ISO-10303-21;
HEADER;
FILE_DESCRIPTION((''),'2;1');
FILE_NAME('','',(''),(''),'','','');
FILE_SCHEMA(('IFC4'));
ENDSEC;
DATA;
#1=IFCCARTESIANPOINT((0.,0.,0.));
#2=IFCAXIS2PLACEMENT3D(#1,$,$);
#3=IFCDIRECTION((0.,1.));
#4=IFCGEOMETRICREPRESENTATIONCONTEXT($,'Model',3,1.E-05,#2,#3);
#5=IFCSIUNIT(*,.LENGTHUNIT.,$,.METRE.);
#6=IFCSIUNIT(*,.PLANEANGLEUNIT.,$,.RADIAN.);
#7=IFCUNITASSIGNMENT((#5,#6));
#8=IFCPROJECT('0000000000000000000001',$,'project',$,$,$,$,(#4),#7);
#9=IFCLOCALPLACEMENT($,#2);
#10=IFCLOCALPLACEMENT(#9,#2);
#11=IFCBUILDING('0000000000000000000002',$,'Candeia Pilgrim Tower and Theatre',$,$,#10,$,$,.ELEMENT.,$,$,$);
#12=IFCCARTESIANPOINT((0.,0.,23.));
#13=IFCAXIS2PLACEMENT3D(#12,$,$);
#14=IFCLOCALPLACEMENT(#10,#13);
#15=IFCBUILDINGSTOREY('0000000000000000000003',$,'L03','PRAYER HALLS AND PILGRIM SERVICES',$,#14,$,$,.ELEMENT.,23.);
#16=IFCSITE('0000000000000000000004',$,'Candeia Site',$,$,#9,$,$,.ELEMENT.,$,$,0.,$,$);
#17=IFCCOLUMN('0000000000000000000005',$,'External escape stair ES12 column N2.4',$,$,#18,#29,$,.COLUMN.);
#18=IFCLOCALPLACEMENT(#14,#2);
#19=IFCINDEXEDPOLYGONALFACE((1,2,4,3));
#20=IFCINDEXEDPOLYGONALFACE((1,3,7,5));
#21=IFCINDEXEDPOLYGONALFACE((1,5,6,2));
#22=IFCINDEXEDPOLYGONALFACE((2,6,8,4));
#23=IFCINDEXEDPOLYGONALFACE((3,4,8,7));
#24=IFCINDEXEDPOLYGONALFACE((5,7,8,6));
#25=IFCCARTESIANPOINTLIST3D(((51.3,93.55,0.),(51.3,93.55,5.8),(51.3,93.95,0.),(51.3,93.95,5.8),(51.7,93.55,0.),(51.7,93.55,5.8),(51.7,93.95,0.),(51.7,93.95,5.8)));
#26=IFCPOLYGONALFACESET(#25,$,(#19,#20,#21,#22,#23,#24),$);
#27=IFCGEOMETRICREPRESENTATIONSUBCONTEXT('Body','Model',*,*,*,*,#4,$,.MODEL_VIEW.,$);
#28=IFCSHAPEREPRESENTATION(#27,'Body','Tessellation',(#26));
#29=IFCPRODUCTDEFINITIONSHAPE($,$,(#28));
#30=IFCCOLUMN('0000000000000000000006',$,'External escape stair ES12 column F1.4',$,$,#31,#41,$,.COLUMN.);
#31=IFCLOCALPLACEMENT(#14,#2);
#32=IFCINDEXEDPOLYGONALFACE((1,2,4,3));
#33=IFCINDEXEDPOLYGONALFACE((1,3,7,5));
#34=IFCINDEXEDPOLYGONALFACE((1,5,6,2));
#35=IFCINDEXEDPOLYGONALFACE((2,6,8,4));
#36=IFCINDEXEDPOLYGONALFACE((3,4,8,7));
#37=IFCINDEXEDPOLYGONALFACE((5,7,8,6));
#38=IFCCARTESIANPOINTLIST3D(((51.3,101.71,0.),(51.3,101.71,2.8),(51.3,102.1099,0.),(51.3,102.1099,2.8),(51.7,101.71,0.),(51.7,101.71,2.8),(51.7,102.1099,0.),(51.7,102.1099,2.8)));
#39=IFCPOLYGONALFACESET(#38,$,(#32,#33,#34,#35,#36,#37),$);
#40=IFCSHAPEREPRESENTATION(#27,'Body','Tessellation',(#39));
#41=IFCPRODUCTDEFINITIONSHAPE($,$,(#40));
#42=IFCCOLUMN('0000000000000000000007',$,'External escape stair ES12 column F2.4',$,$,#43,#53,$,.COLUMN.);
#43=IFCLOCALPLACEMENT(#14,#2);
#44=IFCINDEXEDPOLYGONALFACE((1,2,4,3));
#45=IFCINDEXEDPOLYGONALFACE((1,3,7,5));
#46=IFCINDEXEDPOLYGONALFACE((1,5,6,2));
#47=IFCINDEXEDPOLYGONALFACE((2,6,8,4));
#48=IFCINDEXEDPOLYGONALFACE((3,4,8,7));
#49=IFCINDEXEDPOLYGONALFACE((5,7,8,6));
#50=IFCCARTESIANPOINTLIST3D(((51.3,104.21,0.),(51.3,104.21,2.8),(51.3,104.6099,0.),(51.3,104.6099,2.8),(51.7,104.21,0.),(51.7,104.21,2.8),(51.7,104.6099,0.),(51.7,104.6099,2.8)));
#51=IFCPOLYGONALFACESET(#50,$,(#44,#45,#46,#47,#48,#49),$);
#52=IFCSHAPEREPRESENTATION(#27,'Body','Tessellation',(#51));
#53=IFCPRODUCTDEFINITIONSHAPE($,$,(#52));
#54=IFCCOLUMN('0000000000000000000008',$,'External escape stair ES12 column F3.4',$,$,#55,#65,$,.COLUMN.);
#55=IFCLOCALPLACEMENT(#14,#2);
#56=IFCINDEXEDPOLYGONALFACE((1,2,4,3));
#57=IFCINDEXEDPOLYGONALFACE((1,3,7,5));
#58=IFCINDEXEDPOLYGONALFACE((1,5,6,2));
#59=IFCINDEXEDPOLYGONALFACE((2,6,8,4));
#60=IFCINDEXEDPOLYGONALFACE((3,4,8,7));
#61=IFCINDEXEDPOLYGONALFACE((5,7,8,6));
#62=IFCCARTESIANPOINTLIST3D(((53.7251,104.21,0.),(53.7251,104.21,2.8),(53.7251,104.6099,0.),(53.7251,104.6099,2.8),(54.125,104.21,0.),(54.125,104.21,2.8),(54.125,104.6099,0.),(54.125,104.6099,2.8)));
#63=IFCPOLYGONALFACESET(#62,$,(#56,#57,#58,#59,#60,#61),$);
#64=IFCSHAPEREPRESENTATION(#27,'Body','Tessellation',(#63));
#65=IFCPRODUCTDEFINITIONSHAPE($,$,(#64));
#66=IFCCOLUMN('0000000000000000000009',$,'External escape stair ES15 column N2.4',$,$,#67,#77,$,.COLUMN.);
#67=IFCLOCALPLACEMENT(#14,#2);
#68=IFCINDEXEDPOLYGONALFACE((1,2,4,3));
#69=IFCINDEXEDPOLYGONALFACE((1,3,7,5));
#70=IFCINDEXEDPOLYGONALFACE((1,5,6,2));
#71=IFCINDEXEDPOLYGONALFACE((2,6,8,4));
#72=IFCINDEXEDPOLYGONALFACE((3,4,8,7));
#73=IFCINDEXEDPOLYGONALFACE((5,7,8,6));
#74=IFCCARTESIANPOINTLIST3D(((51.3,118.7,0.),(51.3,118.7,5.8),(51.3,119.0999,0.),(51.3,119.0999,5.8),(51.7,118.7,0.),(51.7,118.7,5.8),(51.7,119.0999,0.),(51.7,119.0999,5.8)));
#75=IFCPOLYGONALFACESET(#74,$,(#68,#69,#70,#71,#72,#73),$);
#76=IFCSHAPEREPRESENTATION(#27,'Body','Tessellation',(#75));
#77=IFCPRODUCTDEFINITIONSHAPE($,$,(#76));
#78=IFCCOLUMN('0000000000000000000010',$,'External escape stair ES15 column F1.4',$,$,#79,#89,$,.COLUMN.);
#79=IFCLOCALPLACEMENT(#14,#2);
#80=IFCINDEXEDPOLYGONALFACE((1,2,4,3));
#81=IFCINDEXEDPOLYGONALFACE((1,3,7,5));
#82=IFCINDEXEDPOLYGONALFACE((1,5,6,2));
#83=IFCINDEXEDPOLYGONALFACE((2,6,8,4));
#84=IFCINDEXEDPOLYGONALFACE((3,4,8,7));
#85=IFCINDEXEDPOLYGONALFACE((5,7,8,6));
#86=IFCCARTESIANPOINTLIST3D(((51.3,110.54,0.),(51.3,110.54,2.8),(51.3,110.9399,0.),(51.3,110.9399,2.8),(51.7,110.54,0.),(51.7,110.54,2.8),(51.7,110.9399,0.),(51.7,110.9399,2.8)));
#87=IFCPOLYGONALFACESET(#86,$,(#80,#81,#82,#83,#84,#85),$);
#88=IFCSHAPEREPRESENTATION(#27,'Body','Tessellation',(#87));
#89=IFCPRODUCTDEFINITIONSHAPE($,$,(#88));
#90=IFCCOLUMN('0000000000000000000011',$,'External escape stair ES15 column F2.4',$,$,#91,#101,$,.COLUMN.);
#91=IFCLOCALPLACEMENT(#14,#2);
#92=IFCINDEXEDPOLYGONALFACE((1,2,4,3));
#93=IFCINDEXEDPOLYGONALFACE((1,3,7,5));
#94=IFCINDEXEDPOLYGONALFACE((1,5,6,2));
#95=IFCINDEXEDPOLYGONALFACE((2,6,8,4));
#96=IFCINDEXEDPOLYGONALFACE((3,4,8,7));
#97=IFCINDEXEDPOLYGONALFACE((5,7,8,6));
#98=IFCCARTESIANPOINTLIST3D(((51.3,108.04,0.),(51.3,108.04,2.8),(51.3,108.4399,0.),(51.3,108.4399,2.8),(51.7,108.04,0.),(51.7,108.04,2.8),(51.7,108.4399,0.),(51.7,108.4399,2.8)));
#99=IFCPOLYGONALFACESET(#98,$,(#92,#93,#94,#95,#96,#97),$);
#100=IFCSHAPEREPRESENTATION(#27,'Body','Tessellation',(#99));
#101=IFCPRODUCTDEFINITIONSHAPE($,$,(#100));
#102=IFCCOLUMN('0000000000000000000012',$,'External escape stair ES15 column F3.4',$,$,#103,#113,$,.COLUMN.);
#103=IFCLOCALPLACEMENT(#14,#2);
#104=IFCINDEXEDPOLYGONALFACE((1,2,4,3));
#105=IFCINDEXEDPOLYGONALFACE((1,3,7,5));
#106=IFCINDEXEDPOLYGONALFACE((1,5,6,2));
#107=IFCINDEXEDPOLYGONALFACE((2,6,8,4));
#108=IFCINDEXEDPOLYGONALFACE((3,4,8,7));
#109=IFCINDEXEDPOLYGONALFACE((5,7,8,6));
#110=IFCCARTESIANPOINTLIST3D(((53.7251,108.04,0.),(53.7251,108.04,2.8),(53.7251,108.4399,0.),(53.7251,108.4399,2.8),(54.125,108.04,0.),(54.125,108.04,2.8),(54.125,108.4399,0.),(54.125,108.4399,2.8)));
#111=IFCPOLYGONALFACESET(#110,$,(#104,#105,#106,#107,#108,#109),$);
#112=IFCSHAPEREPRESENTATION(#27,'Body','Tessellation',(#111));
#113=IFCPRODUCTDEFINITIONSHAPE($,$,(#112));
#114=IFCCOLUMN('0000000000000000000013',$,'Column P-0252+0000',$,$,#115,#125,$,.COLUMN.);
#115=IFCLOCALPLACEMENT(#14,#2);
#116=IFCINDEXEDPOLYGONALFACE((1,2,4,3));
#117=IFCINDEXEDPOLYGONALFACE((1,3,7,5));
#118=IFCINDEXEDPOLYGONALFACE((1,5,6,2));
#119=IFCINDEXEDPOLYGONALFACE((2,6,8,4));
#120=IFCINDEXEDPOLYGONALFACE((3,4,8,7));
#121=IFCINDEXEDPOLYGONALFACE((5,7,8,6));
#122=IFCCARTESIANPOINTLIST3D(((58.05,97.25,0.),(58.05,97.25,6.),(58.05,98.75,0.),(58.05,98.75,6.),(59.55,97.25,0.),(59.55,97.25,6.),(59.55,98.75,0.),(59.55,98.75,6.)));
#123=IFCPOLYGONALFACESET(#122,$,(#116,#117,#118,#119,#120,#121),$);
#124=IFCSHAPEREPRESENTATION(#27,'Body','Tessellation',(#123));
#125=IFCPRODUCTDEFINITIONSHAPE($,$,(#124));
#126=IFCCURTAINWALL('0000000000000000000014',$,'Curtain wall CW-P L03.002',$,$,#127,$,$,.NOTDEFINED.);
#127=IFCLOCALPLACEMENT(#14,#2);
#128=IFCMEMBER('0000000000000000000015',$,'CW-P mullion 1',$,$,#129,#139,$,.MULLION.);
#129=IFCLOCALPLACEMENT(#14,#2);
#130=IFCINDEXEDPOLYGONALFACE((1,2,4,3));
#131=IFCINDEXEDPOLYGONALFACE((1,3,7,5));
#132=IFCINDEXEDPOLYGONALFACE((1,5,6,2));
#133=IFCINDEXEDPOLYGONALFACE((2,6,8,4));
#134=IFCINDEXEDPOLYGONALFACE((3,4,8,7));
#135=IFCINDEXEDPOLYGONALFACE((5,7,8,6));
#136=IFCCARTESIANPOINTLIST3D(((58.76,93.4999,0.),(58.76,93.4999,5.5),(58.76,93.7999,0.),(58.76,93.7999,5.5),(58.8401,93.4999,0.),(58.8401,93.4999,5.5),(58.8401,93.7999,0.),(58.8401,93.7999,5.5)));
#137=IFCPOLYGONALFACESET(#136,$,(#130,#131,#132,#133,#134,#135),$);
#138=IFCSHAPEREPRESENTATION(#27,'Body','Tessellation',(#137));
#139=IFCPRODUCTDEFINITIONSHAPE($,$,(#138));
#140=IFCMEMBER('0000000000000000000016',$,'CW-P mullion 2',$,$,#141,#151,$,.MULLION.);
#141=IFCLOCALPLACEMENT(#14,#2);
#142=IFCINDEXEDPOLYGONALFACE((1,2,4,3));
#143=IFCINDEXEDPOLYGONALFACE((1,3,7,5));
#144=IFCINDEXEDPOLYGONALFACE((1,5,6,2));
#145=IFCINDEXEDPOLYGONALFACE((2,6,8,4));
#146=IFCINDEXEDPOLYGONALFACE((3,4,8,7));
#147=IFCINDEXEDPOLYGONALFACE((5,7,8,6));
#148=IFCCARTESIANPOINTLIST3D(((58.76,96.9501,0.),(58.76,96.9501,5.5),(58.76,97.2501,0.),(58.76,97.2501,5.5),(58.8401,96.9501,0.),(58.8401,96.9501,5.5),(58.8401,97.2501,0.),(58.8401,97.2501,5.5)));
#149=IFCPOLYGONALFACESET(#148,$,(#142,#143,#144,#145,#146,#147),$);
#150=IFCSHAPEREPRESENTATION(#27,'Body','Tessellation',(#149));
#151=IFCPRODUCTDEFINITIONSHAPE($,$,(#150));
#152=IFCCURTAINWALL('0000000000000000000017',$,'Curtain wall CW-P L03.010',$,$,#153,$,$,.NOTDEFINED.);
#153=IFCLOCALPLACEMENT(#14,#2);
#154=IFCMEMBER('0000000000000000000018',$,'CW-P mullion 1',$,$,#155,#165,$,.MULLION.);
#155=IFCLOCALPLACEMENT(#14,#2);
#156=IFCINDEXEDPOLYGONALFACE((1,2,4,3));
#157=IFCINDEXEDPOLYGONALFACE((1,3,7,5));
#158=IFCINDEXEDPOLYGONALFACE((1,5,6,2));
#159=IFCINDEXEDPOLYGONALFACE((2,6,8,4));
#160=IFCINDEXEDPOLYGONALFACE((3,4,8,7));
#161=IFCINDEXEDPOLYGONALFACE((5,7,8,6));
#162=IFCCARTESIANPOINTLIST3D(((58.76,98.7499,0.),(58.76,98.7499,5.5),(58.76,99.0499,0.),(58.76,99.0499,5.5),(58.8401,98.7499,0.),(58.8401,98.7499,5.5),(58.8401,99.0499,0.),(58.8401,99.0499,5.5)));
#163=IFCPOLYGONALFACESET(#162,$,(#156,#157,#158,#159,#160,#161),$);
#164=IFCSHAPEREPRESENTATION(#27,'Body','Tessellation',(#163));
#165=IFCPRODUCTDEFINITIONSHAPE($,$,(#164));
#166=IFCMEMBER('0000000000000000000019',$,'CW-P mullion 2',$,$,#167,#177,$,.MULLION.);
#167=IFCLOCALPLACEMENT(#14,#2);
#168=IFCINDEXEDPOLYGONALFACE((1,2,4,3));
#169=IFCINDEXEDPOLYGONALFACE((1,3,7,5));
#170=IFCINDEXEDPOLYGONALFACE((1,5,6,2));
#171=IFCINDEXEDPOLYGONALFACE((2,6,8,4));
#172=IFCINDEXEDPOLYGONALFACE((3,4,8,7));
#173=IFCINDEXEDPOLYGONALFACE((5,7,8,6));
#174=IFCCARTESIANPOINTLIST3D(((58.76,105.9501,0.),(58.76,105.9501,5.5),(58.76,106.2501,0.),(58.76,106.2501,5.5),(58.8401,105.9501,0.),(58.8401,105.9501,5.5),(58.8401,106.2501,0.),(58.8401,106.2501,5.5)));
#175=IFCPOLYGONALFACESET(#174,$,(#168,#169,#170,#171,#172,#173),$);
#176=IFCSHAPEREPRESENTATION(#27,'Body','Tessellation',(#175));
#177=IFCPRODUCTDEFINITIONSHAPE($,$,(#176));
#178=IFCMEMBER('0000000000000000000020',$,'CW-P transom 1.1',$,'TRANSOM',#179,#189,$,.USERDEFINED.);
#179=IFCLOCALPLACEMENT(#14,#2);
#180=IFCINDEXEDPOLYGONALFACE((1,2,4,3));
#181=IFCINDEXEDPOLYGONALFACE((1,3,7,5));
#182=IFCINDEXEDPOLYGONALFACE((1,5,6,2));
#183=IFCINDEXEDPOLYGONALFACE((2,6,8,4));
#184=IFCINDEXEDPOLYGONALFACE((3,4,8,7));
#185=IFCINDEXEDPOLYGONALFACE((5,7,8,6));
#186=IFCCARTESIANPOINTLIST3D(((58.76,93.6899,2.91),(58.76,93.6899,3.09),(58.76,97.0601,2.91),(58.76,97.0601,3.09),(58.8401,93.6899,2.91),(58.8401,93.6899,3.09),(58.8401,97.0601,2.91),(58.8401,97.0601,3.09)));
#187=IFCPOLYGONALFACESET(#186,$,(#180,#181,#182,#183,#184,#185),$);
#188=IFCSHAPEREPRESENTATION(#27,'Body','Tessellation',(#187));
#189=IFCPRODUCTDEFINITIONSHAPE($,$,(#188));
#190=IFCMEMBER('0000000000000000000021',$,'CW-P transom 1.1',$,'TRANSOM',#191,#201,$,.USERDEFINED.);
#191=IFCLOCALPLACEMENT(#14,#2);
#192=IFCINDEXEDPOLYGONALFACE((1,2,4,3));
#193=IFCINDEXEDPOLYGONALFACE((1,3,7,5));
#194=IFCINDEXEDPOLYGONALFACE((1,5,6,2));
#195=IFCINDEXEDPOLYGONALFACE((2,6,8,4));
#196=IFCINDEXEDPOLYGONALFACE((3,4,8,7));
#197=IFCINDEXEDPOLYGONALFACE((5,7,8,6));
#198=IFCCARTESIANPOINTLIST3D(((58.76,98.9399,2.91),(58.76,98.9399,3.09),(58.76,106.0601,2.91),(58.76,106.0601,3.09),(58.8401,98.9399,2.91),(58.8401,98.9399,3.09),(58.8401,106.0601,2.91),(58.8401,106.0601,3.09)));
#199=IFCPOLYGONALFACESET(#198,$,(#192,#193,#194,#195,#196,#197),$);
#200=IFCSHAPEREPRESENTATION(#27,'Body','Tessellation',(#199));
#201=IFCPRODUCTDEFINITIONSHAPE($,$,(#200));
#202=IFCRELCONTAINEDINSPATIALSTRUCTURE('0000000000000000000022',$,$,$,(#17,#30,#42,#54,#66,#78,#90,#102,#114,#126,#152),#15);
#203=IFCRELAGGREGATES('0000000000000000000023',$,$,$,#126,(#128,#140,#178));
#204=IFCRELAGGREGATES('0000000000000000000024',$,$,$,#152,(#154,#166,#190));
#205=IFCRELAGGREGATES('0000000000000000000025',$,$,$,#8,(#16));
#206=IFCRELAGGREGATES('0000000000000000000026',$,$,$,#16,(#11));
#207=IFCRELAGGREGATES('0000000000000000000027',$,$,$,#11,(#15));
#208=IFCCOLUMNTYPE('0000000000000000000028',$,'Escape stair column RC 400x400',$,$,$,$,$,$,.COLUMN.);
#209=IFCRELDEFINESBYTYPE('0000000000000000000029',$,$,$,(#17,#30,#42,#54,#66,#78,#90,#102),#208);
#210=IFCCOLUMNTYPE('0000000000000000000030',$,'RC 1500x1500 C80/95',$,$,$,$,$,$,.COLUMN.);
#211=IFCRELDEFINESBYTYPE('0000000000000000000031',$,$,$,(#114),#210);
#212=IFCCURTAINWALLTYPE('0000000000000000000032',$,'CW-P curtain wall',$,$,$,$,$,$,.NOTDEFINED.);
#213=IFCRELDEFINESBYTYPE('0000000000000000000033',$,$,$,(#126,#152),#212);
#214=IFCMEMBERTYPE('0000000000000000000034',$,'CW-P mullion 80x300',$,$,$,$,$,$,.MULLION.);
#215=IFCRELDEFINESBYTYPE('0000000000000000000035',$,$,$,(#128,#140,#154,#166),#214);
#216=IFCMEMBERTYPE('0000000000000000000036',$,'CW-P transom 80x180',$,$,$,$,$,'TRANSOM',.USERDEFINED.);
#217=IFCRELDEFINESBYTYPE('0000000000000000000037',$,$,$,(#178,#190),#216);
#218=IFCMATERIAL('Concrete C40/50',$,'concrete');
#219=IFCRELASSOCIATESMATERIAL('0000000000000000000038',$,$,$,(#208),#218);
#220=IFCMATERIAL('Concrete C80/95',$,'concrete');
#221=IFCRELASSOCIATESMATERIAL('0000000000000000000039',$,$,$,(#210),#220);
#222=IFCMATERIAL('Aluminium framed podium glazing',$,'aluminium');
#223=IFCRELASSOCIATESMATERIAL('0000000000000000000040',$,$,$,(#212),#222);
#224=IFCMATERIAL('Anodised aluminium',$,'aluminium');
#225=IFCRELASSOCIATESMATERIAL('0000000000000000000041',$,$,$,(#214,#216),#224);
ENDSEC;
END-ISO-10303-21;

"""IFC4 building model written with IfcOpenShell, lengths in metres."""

from ifc_helpers import new_model, si_unit, direction, frame, origin, origin_2d, place, context, subcontext, project, spatial, rectangle, extrude, material, material_profile, profile_set, type_object, element, aggregate, save


model = new_model("IFC4")

# Units and contexts
model_context = context("Model", 3, precision=1e-05, world=origin(), true_north=direction((0.0, 1.0)))
body_context = subcontext(model_context, "Body", "Model", "MODEL_VIEW")
ifc_project = project(units=[si_unit("LENGTHUNIT", "METRE"), si_unit("PLANEANGLEUNIT", "RADIAN")], contexts=[model_context])

# Site, building, storey
site_placement = place(None, origin())
site = spatial("IfcSite", under=ifc_project, at=site_placement, Name="Candeia Site", CompositionType="ELEMENT", RefElevation=0.0)
building_placement = place(site_placement, origin())
building = spatial("IfcBuilding", under=site, at=building_placement, Name="Candeia Pilgrim Tower and Theatre", CompositionType="ELEMENT")
storey_placement = place(building_placement, frame((0.0, 0.0, 23.0)))
storey = spatial("IfcBuildingStorey", under=building, at=storey_placement, Name="L03", Description="PRAYER HALLS AND PILGRIM SERVICES", CompositionType="ELEMENT", Elevation=23.0)

# Columns
ifc_material_1 = material(Name="Concrete C40/50", Category="concrete")
ifc_material_profile_1 = material_profile(ifc_material_1, rectangle(XDim=0.3999, YDim=0.3999, at=origin_2d()))
ifc_profile_set_1 = profile_set([ifc_material_profile_1], Name="Concrete C40/50")
column_type_1 = type_object("IfcColumnType", Name="Escape stair column RC 400x400", PredefinedType="COLUMN", material=ifc_profile_set_1)
column_1_placement = place(storey_placement, frame((51.5, 93.75, 0.0), z_axis=(0.0, 0.0, 1.0), x_axis=(1.0, 0.0, 0.0)))
element("IfcColumn", 1, at=column_1_placement, inside=storey, type_object=column_type_1, Name="External escape stair ES12 column N2.4", PredefinedType="COLUMN", context=body_context, shape_type="SweptSolid", body=[
    extrude(rectangle(XDim=0.3999, YDim=0.3999, at=origin_2d()), origin(), (0.0, 0.0, 1.0), 5.8),
])
for number, where, z_axis, x_axis, name in (
    (2, (51.5, 101.9099, 0.0), (0.0, 0.0, 1.0), (1.0, 0.0, 0.0), "External escape stair ES12 column F1.4"),
    (3, (51.5, 104.4099, 0.0), (0.0, 0.0, 1.0), (1.0, 0.0, 0.0), "External escape stair ES12 column F2.4"),
    (4, (53.925, 104.4099, 0.0), (0.0, 0.0, 1.0), (1.0, 0.0, 0.0), "External escape stair ES12 column F3.4"),
):
    element("IfcColumn", number, at=place(storey_placement, frame(where, z_axis=z_axis, x_axis=x_axis)), inside=storey, type_object=column_type_1, Name=name, PredefinedType="COLUMN", context=body_context, shape_type="SweptSolid", body=[
        extrude(rectangle(XDim=0.3999, YDim=0.3999, at=origin_2d()), origin(), (0.0, 0.0, 1.0), 2.8),
    ])
column_2_placement = place(storey_placement, frame((51.5, 118.8999, 0.0), z_axis=(0.0, 0.0, 1.0), x_axis=(1.0, 0.0, 0.0)))
element("IfcColumn", 5, at=column_2_placement, inside=storey, type_object=column_type_1, Name="External escape stair ES15 column N2.4", PredefinedType="COLUMN", context=body_context, shape_type="SweptSolid", body=[
    extrude(rectangle(XDim=0.3999, YDim=0.3999, at=origin_2d()), origin(), (0.0, 0.0, 1.0), 5.8),
])
for number, where, z_axis, x_axis, name in (
    (6, (51.5, 110.74, 0.0), (0.0, 0.0, 1.0), (1.0, 0.0, 0.0), "External escape stair ES15 column F1.4"),
    (7, (51.5, 108.24, 0.0), (0.0, 0.0, 1.0), (1.0, 0.0, 0.0), "External escape stair ES15 column F2.4"),
    (8, (53.925, 108.24, 0.0), (0.0, 0.0, 1.0), (1.0, 0.0, 0.0), "External escape stair ES15 column F3.4"),
):
    element("IfcColumn", number, at=place(storey_placement, frame(where, z_axis=z_axis, x_axis=x_axis)), inside=storey, type_object=column_type_1, Name=name, PredefinedType="COLUMN", context=body_context, shape_type="SweptSolid", body=[
        extrude(rectangle(XDim=0.3999, YDim=0.3999, at=origin_2d()), origin(), (0.0, 0.0, 1.0), 2.8),
    ])
ifc_material_2 = material(Name="Concrete C80/95", Category="concrete")
ifc_material_profile_2 = material_profile(ifc_material_2, rectangle(XDim=1.5, YDim=1.5, at=origin_2d()))
ifc_profile_set_2 = profile_set([ifc_material_profile_2], Name="Concrete C80/95")
column_type_2 = type_object("IfcColumnType", Name="RC 1500x1500 C80/95", PredefinedType="COLUMN", material=ifc_profile_set_2)
column_3_placement = place(storey_placement, frame((58.8, 98.0, 0.0), z_axis=(0.0, 0.0, 1.0), x_axis=(1.0, 0.0, 0.0)))
element("IfcColumn", 9, at=column_3_placement, inside=storey, type_object=column_type_2, Name="Column P-0252+0000", PredefinedType="COLUMN", context=body_context, shape_type="SweptSolid", body=[
    extrude(rectangle(XDim=1.5, YDim=1.5, at=origin_2d()), origin(), (0.0, 0.0, 1.0), 6.0),
])

# Curtain walls, members
ifc_material_3 = material(Name="Aluminium framed podium glazing", Category="aluminium")
curtain_wall_type = type_object("IfcCurtainWallType", Name="CW-P curtain wall", PredefinedType="NOTDEFINED", material=ifc_material_3)
curtain_wall_1_placement = place(storey_placement, origin())
curtain_wall_1 = element("IfcCurtainWall", 10, at=curtain_wall_1_placement, inside=storey, type_object=curtain_wall_type, Name="Curtain wall CW-P L03.002", PredefinedType="NOTDEFINED")
ifc_material_4 = material(Name="Anodised aluminium", Category="aluminium")
ifc_material_profile_3 = material_profile(ifc_material_4, rectangle(XDim=0.0801, YDim=0.3, at=origin_2d()))
ifc_profile_set_3 = profile_set([ifc_material_profile_3], Name="Anodised aluminium")
member_type_1 = type_object("IfcMemberType", Name="CW-P mullion 80x300", PredefinedType="MULLION", material=ifc_profile_set_3)
member_1_placement = place(storey_placement, frame((58.8, 93.6499, 0.0), z_axis=(0.0, 0.0, 1.0), x_axis=(-1.0, 0.0, 0.0)))
member_1 = element("IfcMember", 11, at=member_1_placement, type_object=member_type_1, Name="CW-P mullion 1", PredefinedType="MULLION", context=body_context, shape_type="SweptSolid", body=[
    extrude(rectangle(XDim=0.0801, YDim=0.3, at=origin_2d()), origin(), (0.0, 0.0, 1.0), 5.5),
])
member_2_placement = place(storey_placement, frame((58.8, 97.1001, 0.0), z_axis=(0.0, 0.0, 1.0), x_axis=(-1.0, 0.0, 0.0)))
member_2 = element("IfcMember", 12, at=member_2_placement, type_object=member_type_1, Name="CW-P mullion 2", PredefinedType="MULLION", context=body_context, shape_type="SweptSolid", body=[
    extrude(rectangle(XDim=0.0801, YDim=0.3, at=origin_2d()), origin(), (0.0, 0.0, 1.0), 5.5),
])
curtain_wall_2_placement = place(storey_placement, origin())
curtain_wall_2 = element("IfcCurtainWall", 13, at=curtain_wall_2_placement, inside=storey, type_object=curtain_wall_type, Name="Curtain wall CW-P L03.010", PredefinedType="NOTDEFINED")
member_3_placement = place(storey_placement, frame((58.8, 98.8999, 0.0), z_axis=(0.0, 0.0, 1.0), x_axis=(-1.0, 0.0, 0.0)))
member_3 = element("IfcMember", 14, at=member_3_placement, type_object=member_type_1, Name="CW-P mullion 1", PredefinedType="MULLION", context=body_context, shape_type="SweptSolid", body=[
    extrude(rectangle(XDim=0.0801, YDim=0.3, at=origin_2d()), origin(), (0.0, 0.0, 1.0), 5.5),
])
member_4_placement = place(storey_placement, frame((58.8, 106.1001, 0.0), z_axis=(0.0, 0.0, 1.0), x_axis=(-1.0, 0.0, 0.0)))
member_4 = element("IfcMember", 15, at=member_4_placement, type_object=member_type_1, Name="CW-P mullion 2", PredefinedType="MULLION", context=body_context, shape_type="SweptSolid", body=[
    extrude(rectangle(XDim=0.0801, YDim=0.3, at=origin_2d()), origin(), (0.0, 0.0, 1.0), 5.5),
])

# Members
ifc_material_profile_4 = material_profile(ifc_material_4, rectangle(XDim=0.0801, YDim=0.1799, at=origin_2d()))
ifc_profile_set_4 = profile_set([ifc_material_profile_4], Name="Anodised aluminium")
member_type_2 = type_object("IfcMemberType", Name="CW-P transom 80x180", ElementType="TRANSOM", PredefinedType="USERDEFINED", material=ifc_profile_set_4)
member_5_placement = place(storey_placement, frame((58.8, 93.6899, 3.0), z_axis=(0.0, 1.0, 0.0), x_axis=(-1.0, 0.0, 0.0)))
member_5 = element("IfcMember", 16, at=member_5_placement, type_object=member_type_2, Name="CW-P transom 1.1", ObjectType="TRANSOM", PredefinedType="USERDEFINED", context=body_context, shape_type="SweptSolid", body=[
    extrude(rectangle(XDim=0.0801, YDim=0.1799, at=origin_2d()), origin(), (0.0, 0.0, 1.0), 3.3701),
])
member_6_placement = place(storey_placement, frame((58.8, 98.9399, 3.0), z_axis=(0.0, 1.0, 0.0), x_axis=(-1.0, 0.0, 0.0)))
member_6 = element("IfcMember", 17, at=member_6_placement, type_object=member_type_2, Name="CW-P transom 1.1", ObjectType="TRANSOM", PredefinedType="USERDEFINED", context=body_context, shape_type="SweptSolid", body=[
    extrude(rectangle(XDim=0.0801, YDim=0.1799, at=origin_2d()), origin(), (0.0, 0.0, 1.0), 7.1201),
])

aggregate(curtain_wall_1, [member_1, member_2, member_5])
aggregate(curtain_wall_2, [member_3, member_4, member_6])

save(model, "model.ifc")
